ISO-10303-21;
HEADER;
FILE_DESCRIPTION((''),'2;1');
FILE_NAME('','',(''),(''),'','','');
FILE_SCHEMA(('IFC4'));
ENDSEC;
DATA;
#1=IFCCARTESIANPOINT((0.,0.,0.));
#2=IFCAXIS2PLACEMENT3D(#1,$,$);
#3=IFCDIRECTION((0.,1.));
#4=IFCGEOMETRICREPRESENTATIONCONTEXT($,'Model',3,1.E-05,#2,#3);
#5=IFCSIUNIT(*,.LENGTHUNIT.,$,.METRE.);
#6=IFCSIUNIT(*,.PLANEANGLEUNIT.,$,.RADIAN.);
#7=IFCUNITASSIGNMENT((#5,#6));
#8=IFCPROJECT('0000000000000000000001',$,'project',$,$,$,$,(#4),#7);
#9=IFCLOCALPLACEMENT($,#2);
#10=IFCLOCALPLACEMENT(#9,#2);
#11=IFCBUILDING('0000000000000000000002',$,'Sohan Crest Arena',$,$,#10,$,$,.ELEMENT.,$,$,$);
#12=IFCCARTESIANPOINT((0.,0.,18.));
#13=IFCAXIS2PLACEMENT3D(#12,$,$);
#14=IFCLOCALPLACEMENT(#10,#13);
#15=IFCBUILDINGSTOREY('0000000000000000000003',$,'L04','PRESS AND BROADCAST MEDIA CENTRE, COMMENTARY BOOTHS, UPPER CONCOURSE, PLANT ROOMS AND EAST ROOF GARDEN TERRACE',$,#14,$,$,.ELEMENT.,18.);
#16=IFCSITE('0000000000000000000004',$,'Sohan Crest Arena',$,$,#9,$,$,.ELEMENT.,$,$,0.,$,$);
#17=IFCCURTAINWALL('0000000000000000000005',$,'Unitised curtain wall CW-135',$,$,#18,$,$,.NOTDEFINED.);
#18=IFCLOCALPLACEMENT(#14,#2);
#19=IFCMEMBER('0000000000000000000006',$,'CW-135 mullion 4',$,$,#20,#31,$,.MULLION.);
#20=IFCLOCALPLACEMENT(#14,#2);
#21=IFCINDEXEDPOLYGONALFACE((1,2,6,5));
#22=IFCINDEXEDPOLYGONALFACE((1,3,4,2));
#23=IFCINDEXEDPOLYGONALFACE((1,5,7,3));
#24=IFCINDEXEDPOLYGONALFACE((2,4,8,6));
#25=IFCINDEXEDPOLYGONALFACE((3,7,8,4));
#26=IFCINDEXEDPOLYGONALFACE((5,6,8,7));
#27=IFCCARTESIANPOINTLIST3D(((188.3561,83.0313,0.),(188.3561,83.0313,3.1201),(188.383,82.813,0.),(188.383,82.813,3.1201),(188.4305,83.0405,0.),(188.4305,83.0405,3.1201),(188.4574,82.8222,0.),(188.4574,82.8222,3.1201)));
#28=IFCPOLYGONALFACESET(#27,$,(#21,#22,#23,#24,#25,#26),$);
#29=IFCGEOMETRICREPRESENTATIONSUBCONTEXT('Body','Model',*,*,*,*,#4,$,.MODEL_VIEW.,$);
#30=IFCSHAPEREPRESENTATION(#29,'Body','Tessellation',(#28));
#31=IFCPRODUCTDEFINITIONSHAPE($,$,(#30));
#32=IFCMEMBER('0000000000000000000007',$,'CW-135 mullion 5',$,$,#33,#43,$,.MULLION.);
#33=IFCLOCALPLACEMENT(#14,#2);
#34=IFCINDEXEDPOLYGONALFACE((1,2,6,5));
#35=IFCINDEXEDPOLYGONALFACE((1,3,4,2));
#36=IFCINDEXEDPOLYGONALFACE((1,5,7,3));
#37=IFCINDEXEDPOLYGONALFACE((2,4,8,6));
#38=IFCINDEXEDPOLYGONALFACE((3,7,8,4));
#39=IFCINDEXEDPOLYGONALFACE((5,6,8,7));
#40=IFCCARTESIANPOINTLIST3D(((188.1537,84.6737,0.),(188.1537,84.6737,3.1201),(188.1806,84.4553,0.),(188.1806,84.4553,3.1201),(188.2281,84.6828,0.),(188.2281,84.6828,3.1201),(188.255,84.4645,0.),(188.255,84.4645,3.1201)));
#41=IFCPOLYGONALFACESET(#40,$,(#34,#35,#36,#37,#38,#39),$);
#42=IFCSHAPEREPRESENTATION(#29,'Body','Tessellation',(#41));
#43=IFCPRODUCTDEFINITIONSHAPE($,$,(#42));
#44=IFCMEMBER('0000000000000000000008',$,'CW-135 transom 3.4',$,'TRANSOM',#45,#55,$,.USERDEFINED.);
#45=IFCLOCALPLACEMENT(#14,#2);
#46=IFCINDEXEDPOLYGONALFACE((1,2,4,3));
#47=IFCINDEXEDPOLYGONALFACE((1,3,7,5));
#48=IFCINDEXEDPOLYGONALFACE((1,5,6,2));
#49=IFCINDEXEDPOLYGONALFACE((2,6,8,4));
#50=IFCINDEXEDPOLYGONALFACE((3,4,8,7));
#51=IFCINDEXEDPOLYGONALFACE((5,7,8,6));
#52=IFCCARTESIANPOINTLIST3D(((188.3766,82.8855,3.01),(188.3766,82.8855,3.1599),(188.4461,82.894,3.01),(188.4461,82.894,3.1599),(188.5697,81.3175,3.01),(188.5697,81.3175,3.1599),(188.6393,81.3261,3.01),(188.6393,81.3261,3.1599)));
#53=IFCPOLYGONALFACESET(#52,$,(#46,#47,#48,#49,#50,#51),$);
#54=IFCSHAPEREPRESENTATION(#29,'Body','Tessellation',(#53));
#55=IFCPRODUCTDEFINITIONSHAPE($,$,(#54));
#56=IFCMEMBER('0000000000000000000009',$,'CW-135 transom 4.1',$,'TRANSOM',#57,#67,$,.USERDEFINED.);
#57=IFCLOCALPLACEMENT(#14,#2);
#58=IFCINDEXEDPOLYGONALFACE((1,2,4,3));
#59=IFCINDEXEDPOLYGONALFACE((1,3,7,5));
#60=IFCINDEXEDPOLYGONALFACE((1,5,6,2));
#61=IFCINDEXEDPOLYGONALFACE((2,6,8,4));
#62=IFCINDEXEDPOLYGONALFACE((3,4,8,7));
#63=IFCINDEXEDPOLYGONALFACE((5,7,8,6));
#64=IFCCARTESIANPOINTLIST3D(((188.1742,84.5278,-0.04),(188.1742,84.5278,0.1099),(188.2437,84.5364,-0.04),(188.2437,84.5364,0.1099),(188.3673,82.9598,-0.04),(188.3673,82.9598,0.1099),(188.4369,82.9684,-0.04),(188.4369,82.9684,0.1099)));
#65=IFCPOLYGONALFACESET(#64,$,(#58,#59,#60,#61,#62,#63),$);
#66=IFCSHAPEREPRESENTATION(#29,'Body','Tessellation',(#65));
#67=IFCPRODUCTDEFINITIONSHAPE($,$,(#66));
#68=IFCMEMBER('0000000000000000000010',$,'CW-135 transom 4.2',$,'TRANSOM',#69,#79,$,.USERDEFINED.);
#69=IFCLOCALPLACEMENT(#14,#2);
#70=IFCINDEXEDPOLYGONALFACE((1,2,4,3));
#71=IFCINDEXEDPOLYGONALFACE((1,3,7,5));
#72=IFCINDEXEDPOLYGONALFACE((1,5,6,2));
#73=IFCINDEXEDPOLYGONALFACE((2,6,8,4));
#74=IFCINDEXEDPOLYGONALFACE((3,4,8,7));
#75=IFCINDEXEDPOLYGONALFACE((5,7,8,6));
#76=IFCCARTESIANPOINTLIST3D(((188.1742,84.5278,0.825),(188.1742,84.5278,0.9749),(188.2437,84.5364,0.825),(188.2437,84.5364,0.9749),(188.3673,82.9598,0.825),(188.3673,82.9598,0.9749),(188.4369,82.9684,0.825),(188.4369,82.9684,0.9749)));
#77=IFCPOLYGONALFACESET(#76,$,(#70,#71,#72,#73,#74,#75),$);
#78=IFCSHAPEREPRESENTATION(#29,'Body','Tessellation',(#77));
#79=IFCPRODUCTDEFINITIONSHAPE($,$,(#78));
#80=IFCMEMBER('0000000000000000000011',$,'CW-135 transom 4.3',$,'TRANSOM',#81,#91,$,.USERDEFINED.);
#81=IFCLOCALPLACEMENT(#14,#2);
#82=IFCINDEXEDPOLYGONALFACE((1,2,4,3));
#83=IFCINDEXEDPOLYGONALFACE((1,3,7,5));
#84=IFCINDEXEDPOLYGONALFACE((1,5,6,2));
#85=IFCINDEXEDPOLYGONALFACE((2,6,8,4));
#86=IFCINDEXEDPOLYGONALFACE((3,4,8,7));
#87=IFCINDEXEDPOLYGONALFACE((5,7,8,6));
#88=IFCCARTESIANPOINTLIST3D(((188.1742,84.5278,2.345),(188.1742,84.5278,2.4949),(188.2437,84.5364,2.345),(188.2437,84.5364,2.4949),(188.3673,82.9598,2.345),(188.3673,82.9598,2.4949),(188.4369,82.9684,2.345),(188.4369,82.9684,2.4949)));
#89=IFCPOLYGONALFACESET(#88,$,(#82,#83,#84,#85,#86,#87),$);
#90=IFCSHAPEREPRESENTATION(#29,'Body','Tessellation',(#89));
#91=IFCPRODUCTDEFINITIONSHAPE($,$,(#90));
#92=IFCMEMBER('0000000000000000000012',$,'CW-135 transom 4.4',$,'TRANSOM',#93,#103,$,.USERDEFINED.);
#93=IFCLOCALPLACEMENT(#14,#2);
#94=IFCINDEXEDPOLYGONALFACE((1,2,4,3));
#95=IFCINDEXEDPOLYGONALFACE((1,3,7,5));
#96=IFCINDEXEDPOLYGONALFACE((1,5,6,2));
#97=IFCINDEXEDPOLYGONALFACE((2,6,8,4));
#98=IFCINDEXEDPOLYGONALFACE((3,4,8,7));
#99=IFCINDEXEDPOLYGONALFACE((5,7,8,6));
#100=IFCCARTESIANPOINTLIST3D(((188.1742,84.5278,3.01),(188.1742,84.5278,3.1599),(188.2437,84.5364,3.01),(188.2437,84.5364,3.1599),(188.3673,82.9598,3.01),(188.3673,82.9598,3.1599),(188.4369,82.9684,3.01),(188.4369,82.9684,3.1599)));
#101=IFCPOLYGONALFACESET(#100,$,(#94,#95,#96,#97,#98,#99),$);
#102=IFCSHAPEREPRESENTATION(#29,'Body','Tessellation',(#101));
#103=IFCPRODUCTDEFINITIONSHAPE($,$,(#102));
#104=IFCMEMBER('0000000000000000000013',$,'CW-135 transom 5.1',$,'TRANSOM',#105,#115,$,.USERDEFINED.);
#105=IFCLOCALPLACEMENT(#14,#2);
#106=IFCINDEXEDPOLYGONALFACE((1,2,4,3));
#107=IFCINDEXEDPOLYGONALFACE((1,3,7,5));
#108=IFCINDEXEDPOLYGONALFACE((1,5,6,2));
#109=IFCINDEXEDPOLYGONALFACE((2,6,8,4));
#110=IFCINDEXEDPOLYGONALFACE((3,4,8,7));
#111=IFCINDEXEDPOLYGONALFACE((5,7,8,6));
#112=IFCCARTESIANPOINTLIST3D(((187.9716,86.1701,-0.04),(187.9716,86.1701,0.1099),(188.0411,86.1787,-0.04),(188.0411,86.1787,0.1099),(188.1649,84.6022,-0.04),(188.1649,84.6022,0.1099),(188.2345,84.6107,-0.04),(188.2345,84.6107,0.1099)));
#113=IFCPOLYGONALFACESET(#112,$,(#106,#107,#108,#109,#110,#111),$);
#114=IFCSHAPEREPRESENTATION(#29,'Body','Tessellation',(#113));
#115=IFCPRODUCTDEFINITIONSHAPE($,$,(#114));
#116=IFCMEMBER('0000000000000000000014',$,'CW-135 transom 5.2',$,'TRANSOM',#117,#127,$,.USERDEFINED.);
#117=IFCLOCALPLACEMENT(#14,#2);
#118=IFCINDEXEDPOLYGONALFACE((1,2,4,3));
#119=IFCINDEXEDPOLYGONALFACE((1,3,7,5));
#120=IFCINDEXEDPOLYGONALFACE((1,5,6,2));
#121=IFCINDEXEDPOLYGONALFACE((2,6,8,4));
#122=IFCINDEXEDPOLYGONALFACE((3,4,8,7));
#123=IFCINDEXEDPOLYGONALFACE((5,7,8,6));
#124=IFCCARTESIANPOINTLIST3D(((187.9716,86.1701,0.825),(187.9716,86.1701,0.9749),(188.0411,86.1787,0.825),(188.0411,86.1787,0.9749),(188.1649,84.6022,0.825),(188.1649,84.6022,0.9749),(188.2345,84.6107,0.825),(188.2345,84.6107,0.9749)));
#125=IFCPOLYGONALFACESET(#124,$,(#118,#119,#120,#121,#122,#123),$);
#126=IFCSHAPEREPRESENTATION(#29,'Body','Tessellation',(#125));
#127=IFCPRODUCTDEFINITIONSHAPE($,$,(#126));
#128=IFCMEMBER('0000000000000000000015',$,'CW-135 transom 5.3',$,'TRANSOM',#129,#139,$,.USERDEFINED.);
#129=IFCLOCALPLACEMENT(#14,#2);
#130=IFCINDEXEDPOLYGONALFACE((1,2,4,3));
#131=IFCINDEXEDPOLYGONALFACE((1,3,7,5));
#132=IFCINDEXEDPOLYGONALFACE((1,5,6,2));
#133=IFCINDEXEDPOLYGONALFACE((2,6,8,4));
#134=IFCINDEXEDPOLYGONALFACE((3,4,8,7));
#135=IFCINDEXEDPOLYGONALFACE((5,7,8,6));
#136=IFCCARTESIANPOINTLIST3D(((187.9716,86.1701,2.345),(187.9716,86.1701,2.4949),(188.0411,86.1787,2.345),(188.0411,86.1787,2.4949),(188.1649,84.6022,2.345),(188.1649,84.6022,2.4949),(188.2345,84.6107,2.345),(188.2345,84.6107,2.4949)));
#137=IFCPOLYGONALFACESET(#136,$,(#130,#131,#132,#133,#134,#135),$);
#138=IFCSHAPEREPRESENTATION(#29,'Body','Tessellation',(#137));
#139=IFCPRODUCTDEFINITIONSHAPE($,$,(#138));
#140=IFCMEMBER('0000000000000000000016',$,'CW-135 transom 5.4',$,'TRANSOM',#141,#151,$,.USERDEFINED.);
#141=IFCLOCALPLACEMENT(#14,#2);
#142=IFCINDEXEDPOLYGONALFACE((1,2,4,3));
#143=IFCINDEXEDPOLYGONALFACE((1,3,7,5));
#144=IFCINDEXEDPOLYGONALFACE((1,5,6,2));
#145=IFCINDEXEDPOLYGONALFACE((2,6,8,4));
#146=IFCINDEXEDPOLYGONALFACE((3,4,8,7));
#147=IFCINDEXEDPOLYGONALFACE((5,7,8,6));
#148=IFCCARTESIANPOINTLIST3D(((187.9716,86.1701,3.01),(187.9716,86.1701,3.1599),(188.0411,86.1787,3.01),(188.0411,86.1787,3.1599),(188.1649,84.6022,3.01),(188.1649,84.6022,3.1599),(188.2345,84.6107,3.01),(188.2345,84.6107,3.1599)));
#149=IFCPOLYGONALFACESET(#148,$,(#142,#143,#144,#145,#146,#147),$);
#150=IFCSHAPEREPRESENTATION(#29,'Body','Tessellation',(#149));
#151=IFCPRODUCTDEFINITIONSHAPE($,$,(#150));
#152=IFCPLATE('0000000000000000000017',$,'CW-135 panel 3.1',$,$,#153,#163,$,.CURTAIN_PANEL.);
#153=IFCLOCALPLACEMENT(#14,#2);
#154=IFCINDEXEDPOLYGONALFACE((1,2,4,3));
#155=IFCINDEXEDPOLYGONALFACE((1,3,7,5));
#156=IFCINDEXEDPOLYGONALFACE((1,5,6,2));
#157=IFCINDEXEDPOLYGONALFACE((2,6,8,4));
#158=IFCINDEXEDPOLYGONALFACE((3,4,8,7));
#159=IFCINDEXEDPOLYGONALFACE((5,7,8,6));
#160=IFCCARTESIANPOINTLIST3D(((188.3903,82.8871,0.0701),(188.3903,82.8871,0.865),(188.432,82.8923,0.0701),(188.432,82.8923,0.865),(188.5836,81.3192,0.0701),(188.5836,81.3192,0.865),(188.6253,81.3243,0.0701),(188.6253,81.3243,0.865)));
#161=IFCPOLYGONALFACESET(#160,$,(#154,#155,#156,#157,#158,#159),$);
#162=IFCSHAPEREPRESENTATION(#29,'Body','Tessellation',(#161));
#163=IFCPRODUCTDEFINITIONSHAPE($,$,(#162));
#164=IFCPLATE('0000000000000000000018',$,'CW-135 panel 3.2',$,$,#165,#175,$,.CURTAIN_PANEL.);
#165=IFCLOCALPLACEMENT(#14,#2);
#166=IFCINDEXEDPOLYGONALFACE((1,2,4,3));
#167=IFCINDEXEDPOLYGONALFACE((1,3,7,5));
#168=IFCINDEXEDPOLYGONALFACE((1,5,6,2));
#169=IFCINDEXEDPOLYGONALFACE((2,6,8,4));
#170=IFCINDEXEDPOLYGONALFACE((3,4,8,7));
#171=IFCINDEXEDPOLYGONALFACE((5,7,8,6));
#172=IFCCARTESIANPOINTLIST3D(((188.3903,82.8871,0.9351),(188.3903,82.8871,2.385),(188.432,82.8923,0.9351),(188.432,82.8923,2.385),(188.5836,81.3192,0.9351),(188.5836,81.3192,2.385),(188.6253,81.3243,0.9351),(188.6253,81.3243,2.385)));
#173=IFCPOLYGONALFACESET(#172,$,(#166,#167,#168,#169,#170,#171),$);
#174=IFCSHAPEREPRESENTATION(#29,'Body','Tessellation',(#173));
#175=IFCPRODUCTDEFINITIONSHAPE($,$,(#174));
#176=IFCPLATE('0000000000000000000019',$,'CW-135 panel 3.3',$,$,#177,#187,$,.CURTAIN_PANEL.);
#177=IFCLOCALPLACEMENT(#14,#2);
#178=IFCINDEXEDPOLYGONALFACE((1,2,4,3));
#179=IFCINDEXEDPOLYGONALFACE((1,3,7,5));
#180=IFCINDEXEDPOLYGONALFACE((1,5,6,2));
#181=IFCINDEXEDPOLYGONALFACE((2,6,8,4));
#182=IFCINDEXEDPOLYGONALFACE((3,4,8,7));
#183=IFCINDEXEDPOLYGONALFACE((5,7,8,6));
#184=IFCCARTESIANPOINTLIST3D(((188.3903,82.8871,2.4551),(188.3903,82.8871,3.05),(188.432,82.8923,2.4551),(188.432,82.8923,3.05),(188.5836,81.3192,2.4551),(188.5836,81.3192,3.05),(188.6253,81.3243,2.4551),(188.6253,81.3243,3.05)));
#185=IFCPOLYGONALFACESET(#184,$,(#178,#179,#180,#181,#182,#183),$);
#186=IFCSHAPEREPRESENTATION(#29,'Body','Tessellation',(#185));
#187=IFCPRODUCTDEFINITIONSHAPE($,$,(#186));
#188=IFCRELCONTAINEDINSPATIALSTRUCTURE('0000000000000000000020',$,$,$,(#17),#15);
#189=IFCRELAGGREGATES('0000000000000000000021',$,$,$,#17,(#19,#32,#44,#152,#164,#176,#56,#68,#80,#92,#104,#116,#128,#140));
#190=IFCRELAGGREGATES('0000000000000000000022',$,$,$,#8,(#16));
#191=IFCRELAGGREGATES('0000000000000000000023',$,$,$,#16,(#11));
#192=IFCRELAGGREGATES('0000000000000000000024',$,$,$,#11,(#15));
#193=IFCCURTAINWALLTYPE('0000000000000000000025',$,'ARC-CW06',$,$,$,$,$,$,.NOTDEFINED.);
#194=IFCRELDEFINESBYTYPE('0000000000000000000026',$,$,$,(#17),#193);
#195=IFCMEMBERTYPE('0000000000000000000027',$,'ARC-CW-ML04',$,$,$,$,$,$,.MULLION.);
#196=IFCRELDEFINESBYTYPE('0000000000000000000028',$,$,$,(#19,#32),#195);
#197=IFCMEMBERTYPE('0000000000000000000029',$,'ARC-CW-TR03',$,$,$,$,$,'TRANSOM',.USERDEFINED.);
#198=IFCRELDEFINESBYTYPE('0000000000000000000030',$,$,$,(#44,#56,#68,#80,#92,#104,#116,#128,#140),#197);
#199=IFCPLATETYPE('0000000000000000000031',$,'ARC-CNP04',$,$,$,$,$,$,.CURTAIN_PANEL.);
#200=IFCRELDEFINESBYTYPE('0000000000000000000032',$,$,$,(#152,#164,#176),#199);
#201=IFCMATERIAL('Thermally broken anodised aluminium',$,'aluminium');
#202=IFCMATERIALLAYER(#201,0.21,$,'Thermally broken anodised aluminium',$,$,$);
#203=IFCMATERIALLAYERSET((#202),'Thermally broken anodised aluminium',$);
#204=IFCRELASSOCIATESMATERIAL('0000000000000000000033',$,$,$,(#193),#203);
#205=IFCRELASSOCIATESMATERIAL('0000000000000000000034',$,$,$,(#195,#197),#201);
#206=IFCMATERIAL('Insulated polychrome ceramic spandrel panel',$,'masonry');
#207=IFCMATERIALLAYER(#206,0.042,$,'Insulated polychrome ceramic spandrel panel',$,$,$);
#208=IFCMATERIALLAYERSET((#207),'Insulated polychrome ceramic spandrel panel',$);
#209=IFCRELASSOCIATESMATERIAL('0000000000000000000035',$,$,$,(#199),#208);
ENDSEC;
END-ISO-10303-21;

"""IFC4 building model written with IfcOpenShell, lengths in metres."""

from ifc_helpers import new_model, si_unit, direction, frame, origin, origin_2d, place, context, subcontext, project, spatial, rectangle, extrude, material, layer, layer_set, material_profile, profile_set, type_object, element, aggregate, save


model = new_model("IFC4")

# Units and contexts
model_context = context("Model", 3, precision=1e-05, world=origin(), true_north=direction((0.0, 1.0)))
body_context = subcontext(model_context, "Body", "Model", "MODEL_VIEW")
ifc_project = project(units=[si_unit("LENGTHUNIT", "METRE"), si_unit("PLANEANGLEUNIT", "RADIAN")], contexts=[model_context])

# Site, building, storey
site_placement = place(None, origin())
site = spatial("IfcSite", under=ifc_project, at=site_placement, Name="Sohan Crest Arena", CompositionType="ELEMENT", RefElevation=0.0)
building_placement = place(site_placement, origin())
building = spatial("IfcBuilding", under=site, at=building_placement, Name="Sohan Crest Arena", CompositionType="ELEMENT")
storey_placement = place(building_placement, frame((0.0, 0.0, 18.0)))
storey = spatial("IfcBuildingStorey", under=building, at=storey_placement, Name="L04", Description="PRESS AND BROADCAST MEDIA CENTRE, COMMENTARY BOOTHS, UPPER CONCOURSE, PLANT ROOMS AND EAST ROOF GARDEN TERRACE", CompositionType="ELEMENT", Elevation=18.0)

# Curtain wall, members, plates
ifc_material_1 = material(Name="Thermally broken anodised aluminium", Category="aluminium")
ifc_layer_1 = layer(ifc_material_1, 0.21, Name="Thermally broken anodised aluminium")
ifc_layer_set_1 = layer_set([ifc_layer_1], Name="Thermally broken anodised aluminium")
curtain_wall_type = type_object("IfcCurtainWallType", Name="ARC-CW06", PredefinedType="NOTDEFINED", material=ifc_layer_set_1)
curtain_wall_placement = place(storey_placement, origin())
curtain_wall = element("IfcCurtainWall", 1, at=curtain_wall_placement, inside=storey, type_object=curtain_wall_type, Name="Unitised curtain wall CW-135", PredefinedType="NOTDEFINED")
ifc_material_profile_1 = material_profile(ifc_material_1, rectangle(XDim=0.075, YDim=0.22, at=origin_2d()), Name="ALU-MULL 75x220")
ifc_profile_set_1 = profile_set([ifc_material_profile_1], Name="Thermally broken anodised aluminium")
member_type_1 = type_object("IfcMemberType", Name="ARC-CW-ML04", PredefinedType="MULLION", material=ifc_profile_set_1)
member_1_placement = place(storey_placement, frame((188.4067, 82.9268, 0.0), z_axis=(0.0, 0.0, 1.0), x_axis=(-0.992489, -0.122334, 0.0)))
member_1 = element("IfcMember", 2, at=member_1_placement, type_object=member_type_1, Name="CW-135 mullion 4", PredefinedType="MULLION", context=body_context, shape_type="SweptSolid", body=[
    extrude(rectangle(XDim=0.075, YDim=0.22, at=origin_2d()), origin(), (0.0, 0.0, 1.0), 3.1201),
])
member_2_placement = place(storey_placement, frame((188.2043, 84.5691, 0.0), z_axis=(0.0, 0.0, 1.0), x_axis=(-0.992489, -0.122334, 0.0)))
member_2 = element("IfcMember", 3, at=member_2_placement, type_object=member_type_1, Name="CW-135 mullion 5", PredefinedType="MULLION", context=body_context, shape_type="SweptSolid", body=[
    extrude(rectangle(XDim=0.075, YDim=0.22, at=origin_2d()), origin(), (0.0, 0.0, 1.0), 3.1201),
])
ifc_material_profile_2 = material_profile(ifc_material_1, rectangle(XDim=0.0701, YDim=0.1499, at=origin_2d()), Name="ALU-TRAN 70x150")
ifc_profile_set_2 = profile_set([ifc_material_profile_2], Name="Thermally broken anodised aluminium")
member_type_2 = type_object("IfcMemberType", Name="ARC-CW-TR03", ElementType="TRANSOM", PredefinedType="USERDEFINED", material=ifc_profile_set_2)
member_3_placement = place(storey_placement, frame((188.6045, 81.3218, 3.085), z_axis=(-0.122247, 0.9925, 0.0), x_axis=(-0.9925, -0.122247, 0.0)))
member_3 = element("IfcMember", 4, at=member_3_placement, type_object=member_type_2, Name="CW-135 transom 3.4", ObjectType="TRANSOM", PredefinedType="USERDEFINED", context=body_context, shape_type="SweptSolid", body=[
    extrude(rectangle(XDim=0.0701, YDim=0.1499, at=origin_2d()), origin(), (0.0, 0.0, 1.0), 1.5798),
])
member_4_placement = place(storey_placement, frame((188.4021, 82.9641, 0.0349), z_axis=(-0.122247, 0.9925, 0.0), x_axis=(-0.9925, -0.122247, 0.0)))
member_4 = element("IfcMember", 5, at=member_4_placement, type_object=member_type_2, Name="CW-135 transom 4.1", ObjectType="TRANSOM", PredefinedType="USERDEFINED", context=body_context, shape_type="SweptSolid", body=[
    extrude(rectangle(XDim=0.0701, YDim=0.1499, at=origin_2d()), origin(), (0.0, 0.0, 1.0), 1.5798),
])
member_5_placement = place(storey_placement, frame((188.4021, 82.9641, 0.8999), z_axis=(-0.122247, 0.9925, 0.0), x_axis=(-0.9925, -0.122247, 0.0)))
member_5 = element("IfcMember", 6, at=member_5_placement, type_object=member_type_2, Name="CW-135 transom 4.2", ObjectType="TRANSOM", PredefinedType="USERDEFINED", context=body_context, shape_type="SweptSolid", body=[
    extrude(rectangle(XDim=0.0701, YDim=0.1499, at=origin_2d()), origin(), (0.0, 0.0, 1.0), 1.5798),
])
member_6_placement = place(storey_placement, frame((188.4021, 82.9641, 2.4199), z_axis=(-0.122247, 0.9925, 0.0), x_axis=(-0.9925, -0.122247, 0.0)))
member_6 = element("IfcMember", 7, at=member_6_placement, type_object=member_type_2, Name="CW-135 transom 4.3", ObjectType="TRANSOM", PredefinedType="USERDEFINED", context=body_context, shape_type="SweptSolid", body=[
    extrude(rectangle(XDim=0.0701, YDim=0.1499, at=origin_2d()), origin(), (0.0, 0.0, 1.0), 1.5798),
])
member_7_placement = place(storey_placement, frame((188.4021, 82.9641, 3.085), z_axis=(-0.122247, 0.9925, 0.0), x_axis=(-0.9925, -0.122247, 0.0)))
member_7 = element("IfcMember", 8, at=member_7_placement, type_object=member_type_2, Name="CW-135 transom 4.4", ObjectType="TRANSOM", PredefinedType="USERDEFINED", context=body_context, shape_type="SweptSolid", body=[
    extrude(rectangle(XDim=0.0701, YDim=0.1499, at=origin_2d()), origin(), (0.0, 0.0, 1.0), 1.5798),
])
member_8_placement = place(storey_placement, frame((188.1997, 84.6064, 0.0349), z_axis=(-0.122399, 0.992481, 0.0), x_axis=(-0.992481, -0.122399, 0.0)))
member_8 = element("IfcMember", 9, at=member_8_placement, type_object=member_type_2, Name="CW-135 transom 5.1", ObjectType="TRANSOM", PredefinedType="USERDEFINED", context=body_context, shape_type="SweptSolid", body=[
    extrude(rectangle(XDim=0.0701, YDim=0.1499, at=origin_2d()), origin(), (0.0, 0.0, 1.0), 1.5798),
])
member_9_placement = place(storey_placement, frame((188.1997, 84.6064, 0.8999), z_axis=(-0.122399, 0.992481, 0.0), x_axis=(-0.992481, -0.122399, 0.0)))
member_9 = element("IfcMember", 10, at=member_9_placement, type_object=member_type_2, Name="CW-135 transom 5.2", ObjectType="TRANSOM", PredefinedType="USERDEFINED", context=body_context, shape_type="SweptSolid", body=[
    extrude(rectangle(XDim=0.0701, YDim=0.1499, at=origin_2d()), origin(), (0.0, 0.0, 1.0), 1.5798),
])
member_10_placement = place(storey_placement, frame((188.1997, 84.6064, 2.4199), z_axis=(-0.122399, 0.992481, 0.0), x_axis=(-0.992481, -0.122399, 0.0)))
member_10 = element("IfcMember", 11, at=member_10_placement, type_object=member_type_2, Name="CW-135 transom 5.3", ObjectType="TRANSOM", PredefinedType="USERDEFINED", context=body_context, shape_type="SweptSolid", body=[
    extrude(rectangle(XDim=0.0701, YDim=0.1499, at=origin_2d()), origin(), (0.0, 0.0, 1.0), 1.5798),
])
member_11_placement = place(storey_placement, frame((188.1997, 84.6064, 3.085), z_axis=(-0.122399, 0.992481, 0.0), x_axis=(-0.992481, -0.122399, 0.0)))
member_11 = element("IfcMember", 12, at=member_11_placement, type_object=member_type_2, Name="CW-135 transom 5.4", ObjectType="TRANSOM", PredefinedType="USERDEFINED", context=body_context, shape_type="SweptSolid", body=[
    extrude(rectangle(XDim=0.0701, YDim=0.1499, at=origin_2d()), origin(), (0.0, 0.0, 1.0), 1.5798),
])
ifc_material_2 = material(Name="Insulated polychrome ceramic spandrel panel", Category="masonry")
ifc_layer_2 = layer(ifc_material_2, 0.042, Name="Insulated polychrome ceramic spandrel panel")
ifc_layer_set_2 = layer_set([ifc_layer_2], Name="Insulated polychrome ceramic spandrel panel")
plate_type = type_object("IfcPlateType", Name="ARC-CNP04", PredefinedType="CURTAIN_PANEL", material=ifc_layer_set_2)
plate_1_placement = place(storey_placement, frame((188.5078, 82.1057, 0.0701), z_axis=(0.0, 0.0, 1.0), x_axis=(-0.122334, 0.992489, 0.0)))
plate_1 = element("IfcPlate", 13, at=plate_1_placement, type_object=plate_type, Name="CW-135 panel 3.1", PredefinedType="CURTAIN_PANEL", context=body_context, shape_type="SweptSolid", body=[
    extrude(rectangle(XDim=1.5798, YDim=0.042, at=origin_2d()), origin(), (0.0, 0.0, 1.0), 0.7949),
])
plate_2_placement = place(storey_placement, frame((188.5078, 82.1057, 0.9351), z_axis=(0.0, 0.0, 1.0), x_axis=(-0.122334, 0.992489, 0.0)))
plate_2 = element("IfcPlate", 14, at=plate_2_placement, type_object=plate_type, Name="CW-135 panel 3.2", PredefinedType="CURTAIN_PANEL", context=body_context, shape_type="SweptSolid", body=[
    extrude(rectangle(XDim=1.5798, YDim=0.042, at=origin_2d()), origin(), (0.0, 0.0, 1.0), 1.45),
])
plate_3_placement = place(storey_placement, frame((188.5078, 82.1057, 2.4551), z_axis=(0.0, 0.0, 1.0), x_axis=(-0.122334, 0.992489, 0.0)))
plate_3 = element("IfcPlate", 15, at=plate_3_placement, type_object=plate_type, Name="CW-135 panel 3.3", PredefinedType="CURTAIN_PANEL", context=body_context, shape_type="SweptSolid", body=[
    extrude(rectangle(XDim=1.5798, YDim=0.042, at=origin_2d()), origin(), (0.0, 0.0, 1.0), 0.595),
])
aggregate(curtain_wall, [member_1, member_2, member_3, plate_1, plate_2, plate_3, member_4, member_5, member_6, member_7, member_8, member_9, member_10, member_11])

save(model, "model.ifc")
